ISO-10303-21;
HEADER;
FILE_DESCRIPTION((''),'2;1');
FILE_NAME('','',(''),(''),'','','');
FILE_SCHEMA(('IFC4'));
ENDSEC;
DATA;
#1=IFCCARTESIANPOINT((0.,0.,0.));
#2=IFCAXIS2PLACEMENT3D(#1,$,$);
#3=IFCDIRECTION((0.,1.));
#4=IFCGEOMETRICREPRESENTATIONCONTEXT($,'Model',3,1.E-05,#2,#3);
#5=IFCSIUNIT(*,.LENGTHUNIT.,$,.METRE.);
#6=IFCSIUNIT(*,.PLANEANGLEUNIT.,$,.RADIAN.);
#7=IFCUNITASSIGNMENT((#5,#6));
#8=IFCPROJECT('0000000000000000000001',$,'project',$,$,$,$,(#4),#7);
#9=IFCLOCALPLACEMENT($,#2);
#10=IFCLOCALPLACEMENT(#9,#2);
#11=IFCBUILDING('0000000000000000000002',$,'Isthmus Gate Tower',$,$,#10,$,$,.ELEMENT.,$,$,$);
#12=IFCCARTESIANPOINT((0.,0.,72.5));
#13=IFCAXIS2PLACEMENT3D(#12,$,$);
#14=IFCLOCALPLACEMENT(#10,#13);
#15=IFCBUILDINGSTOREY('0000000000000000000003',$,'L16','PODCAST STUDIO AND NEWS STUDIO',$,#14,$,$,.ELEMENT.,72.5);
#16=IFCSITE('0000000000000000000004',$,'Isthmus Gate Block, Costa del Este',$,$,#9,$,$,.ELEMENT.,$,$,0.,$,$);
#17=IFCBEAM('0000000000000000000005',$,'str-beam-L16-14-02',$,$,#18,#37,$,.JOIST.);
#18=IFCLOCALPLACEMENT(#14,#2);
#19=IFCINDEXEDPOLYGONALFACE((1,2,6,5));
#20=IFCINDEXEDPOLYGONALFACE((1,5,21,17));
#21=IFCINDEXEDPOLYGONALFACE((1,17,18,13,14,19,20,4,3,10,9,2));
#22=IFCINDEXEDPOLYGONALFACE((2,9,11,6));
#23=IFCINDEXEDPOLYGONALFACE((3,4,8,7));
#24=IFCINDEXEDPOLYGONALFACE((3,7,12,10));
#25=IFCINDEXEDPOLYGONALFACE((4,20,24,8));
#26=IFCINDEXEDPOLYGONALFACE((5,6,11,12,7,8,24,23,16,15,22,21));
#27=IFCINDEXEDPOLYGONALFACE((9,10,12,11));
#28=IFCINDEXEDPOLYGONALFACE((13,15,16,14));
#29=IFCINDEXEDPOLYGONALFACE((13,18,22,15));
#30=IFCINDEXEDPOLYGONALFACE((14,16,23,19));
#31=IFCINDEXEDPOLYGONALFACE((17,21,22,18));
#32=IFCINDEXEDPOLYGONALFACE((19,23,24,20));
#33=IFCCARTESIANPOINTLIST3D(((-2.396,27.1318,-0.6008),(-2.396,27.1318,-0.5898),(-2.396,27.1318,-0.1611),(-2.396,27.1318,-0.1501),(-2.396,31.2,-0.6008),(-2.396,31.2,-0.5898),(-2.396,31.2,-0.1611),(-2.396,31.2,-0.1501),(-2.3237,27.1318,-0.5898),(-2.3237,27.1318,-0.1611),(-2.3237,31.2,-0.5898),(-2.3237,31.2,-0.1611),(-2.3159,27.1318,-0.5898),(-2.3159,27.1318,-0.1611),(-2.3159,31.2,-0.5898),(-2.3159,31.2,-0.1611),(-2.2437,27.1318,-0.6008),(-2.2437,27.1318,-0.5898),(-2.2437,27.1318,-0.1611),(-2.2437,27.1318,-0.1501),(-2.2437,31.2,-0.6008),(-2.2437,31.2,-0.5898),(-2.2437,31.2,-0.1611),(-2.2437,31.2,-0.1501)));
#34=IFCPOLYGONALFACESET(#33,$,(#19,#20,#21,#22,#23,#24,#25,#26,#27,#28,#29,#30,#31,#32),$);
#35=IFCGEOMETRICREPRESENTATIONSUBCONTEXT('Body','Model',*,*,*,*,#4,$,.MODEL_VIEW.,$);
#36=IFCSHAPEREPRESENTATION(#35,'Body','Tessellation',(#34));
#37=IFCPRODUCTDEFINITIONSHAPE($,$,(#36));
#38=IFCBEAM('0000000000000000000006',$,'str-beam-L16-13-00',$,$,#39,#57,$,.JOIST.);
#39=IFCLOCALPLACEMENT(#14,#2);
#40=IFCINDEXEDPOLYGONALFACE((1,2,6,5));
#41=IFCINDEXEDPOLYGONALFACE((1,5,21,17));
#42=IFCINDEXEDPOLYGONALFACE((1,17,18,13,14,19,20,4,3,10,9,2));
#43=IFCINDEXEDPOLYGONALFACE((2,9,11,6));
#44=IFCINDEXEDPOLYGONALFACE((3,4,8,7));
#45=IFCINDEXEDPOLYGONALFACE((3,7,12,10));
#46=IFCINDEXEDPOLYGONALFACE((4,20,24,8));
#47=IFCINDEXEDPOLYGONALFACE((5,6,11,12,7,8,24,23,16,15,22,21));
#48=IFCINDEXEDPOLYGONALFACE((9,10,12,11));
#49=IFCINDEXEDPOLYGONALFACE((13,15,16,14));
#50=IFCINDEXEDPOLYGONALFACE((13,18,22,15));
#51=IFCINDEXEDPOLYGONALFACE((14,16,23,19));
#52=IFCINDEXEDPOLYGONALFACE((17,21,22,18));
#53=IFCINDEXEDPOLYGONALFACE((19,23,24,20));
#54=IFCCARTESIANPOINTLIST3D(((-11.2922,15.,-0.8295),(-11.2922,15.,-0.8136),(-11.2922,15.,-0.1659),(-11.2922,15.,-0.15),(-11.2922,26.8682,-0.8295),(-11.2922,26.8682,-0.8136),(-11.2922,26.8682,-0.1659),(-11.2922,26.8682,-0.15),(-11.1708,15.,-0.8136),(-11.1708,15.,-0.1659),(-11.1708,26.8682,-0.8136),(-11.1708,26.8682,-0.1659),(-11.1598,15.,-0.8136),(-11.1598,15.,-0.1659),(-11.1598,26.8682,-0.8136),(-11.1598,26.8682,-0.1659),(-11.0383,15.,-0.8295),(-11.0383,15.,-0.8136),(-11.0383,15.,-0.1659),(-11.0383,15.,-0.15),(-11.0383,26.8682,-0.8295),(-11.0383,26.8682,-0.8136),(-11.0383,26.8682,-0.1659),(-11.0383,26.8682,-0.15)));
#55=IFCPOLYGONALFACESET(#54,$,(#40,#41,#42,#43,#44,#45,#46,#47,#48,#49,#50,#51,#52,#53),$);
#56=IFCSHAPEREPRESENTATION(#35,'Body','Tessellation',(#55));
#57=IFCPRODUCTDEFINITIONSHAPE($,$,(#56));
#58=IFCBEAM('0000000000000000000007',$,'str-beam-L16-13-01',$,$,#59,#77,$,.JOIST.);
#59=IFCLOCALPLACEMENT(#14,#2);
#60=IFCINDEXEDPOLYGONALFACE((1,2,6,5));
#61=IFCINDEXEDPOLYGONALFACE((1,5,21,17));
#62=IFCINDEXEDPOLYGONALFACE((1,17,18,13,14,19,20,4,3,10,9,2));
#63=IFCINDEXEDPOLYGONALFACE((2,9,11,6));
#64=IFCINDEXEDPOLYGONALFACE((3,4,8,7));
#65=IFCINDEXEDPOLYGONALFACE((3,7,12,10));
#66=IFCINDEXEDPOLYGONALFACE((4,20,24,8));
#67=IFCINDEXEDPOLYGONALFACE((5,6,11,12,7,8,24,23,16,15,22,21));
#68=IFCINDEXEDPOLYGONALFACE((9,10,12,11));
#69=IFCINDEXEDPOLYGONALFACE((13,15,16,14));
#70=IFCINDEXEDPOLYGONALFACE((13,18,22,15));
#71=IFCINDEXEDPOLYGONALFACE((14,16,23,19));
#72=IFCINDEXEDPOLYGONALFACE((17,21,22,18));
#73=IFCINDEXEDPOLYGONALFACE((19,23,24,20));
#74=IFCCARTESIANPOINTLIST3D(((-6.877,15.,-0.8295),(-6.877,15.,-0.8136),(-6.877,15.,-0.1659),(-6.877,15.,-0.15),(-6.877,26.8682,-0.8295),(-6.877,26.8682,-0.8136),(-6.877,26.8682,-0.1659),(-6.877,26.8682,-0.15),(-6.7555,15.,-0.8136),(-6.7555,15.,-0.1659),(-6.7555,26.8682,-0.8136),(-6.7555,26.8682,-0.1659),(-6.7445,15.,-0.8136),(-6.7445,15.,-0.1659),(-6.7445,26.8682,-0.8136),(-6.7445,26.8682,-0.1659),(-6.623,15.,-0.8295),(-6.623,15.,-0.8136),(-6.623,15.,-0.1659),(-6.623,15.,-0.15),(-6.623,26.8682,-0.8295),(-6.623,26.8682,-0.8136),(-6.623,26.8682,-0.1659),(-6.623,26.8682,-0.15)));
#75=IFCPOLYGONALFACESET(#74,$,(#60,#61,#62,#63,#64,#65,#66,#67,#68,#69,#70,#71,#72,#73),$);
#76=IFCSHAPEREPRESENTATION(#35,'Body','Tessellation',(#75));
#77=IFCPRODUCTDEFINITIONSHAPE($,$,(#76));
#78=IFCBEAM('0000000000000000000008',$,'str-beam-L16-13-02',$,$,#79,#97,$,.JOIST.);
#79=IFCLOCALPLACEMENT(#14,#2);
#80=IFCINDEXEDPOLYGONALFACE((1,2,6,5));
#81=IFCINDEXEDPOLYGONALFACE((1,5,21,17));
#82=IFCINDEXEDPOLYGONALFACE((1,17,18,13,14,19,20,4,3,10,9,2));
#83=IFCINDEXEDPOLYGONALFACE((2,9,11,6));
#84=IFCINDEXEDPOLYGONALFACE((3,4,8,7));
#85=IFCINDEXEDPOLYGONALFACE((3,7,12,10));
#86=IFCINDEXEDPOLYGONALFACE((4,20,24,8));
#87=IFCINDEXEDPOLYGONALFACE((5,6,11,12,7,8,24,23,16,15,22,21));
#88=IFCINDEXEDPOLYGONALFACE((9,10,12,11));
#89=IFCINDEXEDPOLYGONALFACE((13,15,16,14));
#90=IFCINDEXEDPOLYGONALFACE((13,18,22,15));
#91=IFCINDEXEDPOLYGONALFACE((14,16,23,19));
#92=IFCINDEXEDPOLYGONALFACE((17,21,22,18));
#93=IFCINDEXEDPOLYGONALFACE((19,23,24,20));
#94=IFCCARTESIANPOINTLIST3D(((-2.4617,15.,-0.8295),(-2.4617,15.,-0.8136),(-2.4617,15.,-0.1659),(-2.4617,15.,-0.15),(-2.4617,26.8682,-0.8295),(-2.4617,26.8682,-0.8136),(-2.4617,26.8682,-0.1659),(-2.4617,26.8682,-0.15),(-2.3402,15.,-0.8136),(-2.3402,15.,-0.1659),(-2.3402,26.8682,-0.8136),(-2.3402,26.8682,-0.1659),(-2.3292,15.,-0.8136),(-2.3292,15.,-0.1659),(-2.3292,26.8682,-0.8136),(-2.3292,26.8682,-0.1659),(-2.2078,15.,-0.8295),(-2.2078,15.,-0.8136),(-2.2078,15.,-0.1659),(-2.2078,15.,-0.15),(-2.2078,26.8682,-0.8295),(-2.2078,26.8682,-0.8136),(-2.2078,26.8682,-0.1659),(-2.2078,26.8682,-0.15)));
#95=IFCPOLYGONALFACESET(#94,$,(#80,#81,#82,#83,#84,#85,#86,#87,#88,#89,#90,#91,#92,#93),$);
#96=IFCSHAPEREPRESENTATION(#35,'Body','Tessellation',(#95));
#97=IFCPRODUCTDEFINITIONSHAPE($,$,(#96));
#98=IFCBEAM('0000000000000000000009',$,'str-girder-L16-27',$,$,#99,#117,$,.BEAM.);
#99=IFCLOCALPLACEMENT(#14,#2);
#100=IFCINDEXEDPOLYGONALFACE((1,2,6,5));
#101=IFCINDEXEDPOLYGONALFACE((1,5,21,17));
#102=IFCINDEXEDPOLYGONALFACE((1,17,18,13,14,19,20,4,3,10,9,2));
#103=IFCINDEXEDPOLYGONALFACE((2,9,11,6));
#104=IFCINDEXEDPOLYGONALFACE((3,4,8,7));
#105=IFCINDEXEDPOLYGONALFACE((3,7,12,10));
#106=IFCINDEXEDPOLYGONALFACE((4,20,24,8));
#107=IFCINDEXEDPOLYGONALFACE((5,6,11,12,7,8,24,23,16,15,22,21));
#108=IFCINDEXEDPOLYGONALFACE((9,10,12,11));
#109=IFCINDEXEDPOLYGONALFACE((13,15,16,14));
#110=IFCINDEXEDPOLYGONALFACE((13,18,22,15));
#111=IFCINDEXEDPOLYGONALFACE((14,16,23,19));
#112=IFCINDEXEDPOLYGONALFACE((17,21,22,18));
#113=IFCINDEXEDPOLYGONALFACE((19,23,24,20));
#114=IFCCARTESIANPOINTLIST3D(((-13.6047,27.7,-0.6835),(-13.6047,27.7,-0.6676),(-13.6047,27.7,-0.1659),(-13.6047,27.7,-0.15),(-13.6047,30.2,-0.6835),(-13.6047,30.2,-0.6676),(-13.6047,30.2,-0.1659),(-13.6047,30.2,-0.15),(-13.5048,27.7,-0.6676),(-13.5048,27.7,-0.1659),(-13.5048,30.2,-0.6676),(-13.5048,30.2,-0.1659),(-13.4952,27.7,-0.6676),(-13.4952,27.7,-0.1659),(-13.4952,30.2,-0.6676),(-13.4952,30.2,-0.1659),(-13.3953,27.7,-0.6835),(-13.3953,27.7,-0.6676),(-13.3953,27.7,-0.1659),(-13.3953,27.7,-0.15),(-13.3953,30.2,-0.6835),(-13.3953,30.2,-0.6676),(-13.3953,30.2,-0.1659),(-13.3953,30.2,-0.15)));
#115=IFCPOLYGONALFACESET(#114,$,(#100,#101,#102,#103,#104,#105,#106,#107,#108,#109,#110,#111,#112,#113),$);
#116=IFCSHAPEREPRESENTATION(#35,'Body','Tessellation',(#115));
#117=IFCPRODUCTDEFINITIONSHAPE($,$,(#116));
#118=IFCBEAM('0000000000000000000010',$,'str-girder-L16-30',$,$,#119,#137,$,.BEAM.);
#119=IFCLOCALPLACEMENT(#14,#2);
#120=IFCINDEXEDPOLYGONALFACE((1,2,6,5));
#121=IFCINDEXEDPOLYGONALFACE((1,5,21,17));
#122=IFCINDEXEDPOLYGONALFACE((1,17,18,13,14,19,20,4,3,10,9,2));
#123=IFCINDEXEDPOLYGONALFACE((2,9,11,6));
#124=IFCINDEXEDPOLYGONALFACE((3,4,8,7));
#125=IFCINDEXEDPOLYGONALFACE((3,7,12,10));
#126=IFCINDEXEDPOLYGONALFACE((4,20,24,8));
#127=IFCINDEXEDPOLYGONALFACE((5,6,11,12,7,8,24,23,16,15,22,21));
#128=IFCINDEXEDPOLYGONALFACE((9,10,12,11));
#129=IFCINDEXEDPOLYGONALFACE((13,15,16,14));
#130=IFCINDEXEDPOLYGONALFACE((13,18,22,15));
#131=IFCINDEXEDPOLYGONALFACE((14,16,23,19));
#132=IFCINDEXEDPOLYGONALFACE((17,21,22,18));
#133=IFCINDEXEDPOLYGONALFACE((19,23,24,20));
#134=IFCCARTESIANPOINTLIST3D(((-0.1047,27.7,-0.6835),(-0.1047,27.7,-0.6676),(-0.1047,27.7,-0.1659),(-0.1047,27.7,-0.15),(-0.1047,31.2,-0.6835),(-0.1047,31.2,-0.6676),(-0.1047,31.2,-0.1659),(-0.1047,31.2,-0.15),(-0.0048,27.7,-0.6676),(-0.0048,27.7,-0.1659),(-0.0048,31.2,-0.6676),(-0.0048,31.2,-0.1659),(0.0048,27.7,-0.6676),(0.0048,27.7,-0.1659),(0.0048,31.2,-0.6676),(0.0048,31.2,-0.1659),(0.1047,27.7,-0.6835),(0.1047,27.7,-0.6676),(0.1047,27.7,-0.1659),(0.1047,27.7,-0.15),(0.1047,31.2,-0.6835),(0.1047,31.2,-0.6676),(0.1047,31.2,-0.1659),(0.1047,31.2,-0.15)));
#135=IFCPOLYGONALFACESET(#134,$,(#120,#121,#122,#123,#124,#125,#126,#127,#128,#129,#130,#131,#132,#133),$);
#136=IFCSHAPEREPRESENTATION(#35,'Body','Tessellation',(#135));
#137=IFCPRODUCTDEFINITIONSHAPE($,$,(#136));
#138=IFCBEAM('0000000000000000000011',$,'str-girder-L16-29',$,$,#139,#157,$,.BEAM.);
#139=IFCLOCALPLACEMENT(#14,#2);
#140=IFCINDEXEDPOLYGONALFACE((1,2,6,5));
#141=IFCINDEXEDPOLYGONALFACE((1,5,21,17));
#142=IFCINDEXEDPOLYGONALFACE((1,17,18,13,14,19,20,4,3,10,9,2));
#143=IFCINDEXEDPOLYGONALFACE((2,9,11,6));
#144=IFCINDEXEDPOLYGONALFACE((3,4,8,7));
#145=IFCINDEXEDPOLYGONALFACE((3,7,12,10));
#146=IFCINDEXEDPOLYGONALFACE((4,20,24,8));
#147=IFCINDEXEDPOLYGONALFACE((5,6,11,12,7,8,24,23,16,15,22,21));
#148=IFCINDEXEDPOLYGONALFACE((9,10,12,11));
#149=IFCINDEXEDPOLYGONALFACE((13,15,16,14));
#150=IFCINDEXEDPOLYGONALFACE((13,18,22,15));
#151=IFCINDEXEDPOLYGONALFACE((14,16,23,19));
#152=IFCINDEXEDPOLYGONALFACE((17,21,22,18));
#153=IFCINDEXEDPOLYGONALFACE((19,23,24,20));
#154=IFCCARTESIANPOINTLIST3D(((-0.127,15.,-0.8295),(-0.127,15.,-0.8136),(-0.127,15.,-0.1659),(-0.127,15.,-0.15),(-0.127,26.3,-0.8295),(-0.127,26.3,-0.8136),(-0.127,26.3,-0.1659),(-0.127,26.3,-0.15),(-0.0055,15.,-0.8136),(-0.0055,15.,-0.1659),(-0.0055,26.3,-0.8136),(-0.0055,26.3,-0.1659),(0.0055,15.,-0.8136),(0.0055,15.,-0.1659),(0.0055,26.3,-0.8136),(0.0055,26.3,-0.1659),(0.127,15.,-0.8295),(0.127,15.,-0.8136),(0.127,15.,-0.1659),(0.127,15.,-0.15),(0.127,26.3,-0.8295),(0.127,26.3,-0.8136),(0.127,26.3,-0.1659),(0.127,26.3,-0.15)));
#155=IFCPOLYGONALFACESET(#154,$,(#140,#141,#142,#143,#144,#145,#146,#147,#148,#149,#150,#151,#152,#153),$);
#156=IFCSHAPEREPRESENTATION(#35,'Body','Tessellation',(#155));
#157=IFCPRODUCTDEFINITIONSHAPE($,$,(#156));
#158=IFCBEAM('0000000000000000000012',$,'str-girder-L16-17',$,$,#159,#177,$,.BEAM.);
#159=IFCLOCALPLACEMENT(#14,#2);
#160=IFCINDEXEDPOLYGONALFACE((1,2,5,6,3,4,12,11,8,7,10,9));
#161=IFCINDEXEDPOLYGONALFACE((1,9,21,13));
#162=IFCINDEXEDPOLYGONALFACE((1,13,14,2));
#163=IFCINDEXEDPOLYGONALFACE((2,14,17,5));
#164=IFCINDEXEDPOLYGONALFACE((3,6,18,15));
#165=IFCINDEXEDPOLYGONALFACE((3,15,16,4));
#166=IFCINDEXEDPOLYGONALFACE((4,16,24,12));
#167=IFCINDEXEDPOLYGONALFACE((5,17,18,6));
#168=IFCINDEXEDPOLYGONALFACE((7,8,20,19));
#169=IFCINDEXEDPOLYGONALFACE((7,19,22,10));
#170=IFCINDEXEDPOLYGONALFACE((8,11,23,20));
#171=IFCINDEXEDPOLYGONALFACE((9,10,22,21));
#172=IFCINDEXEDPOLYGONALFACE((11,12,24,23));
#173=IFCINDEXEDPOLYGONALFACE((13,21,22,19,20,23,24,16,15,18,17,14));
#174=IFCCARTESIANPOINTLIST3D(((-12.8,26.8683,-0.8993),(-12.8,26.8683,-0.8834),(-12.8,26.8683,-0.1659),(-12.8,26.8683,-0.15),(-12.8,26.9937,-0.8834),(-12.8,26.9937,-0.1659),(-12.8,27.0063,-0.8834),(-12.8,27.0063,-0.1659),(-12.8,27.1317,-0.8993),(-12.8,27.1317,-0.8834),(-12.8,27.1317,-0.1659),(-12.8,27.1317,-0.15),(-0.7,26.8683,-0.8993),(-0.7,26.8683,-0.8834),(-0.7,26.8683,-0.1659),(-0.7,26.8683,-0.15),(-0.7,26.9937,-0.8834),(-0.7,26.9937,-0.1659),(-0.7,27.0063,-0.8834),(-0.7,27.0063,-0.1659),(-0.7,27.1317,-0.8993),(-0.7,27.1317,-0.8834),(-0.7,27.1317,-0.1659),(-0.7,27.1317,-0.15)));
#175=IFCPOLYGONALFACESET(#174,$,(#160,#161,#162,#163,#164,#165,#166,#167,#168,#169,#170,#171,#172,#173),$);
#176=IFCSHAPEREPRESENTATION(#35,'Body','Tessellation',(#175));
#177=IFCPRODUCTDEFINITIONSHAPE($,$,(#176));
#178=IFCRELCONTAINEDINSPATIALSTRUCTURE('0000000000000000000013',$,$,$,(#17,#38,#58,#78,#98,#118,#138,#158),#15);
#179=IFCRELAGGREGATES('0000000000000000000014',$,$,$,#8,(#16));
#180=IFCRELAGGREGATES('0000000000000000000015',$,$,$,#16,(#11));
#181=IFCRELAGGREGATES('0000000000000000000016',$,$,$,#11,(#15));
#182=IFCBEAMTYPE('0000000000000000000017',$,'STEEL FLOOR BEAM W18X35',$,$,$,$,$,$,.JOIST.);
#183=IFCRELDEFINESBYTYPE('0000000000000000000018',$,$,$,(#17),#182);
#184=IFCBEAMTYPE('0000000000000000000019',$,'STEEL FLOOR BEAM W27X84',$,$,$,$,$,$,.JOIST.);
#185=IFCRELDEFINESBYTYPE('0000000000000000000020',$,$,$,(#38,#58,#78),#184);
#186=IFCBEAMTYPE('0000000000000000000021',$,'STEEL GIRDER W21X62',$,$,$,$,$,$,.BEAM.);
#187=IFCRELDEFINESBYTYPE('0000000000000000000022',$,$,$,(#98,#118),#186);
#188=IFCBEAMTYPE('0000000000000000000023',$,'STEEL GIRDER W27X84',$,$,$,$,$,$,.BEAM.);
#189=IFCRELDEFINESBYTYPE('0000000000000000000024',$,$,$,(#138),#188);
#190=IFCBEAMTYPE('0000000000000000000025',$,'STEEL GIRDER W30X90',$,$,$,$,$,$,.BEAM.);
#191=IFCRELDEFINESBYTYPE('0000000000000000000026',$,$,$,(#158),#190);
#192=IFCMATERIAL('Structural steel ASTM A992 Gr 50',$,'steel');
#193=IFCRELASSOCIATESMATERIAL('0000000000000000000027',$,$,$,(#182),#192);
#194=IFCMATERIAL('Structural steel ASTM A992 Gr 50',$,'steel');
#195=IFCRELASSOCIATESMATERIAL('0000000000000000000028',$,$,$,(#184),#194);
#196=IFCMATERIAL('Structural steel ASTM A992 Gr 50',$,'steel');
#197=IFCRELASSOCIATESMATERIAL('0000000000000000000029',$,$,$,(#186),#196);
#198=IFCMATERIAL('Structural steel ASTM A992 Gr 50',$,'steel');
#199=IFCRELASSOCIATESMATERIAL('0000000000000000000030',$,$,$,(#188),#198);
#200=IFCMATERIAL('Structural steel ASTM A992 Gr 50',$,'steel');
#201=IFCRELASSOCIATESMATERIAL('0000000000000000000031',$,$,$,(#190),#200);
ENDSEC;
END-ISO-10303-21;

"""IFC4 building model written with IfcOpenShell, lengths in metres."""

from ifc_helpers import new_model, si_unit, direction, frame, origin, origin_2d, place, context, subcontext, project, spatial, i_section, extrude, material, material_profile, profile_set, type_object, element, save


model = new_model("IFC4")

# Units and contexts
model_context = context("Model", 3, precision=1e-05, world=origin(), true_north=direction((0.0, 1.0)))
body_context = subcontext(model_context, "Body", "Model", "MODEL_VIEW")
ifc_project = project(units=[si_unit("LENGTHUNIT", "METRE"), si_unit("PLANEANGLEUNIT", "RADIAN")], contexts=[model_context])

# Site, building, storey
site_placement = place(None, origin())
site = spatial("IfcSite", under=ifc_project, at=site_placement, Name="Isthmus Gate Block, Costa del Este", CompositionType="ELEMENT", RefElevation=0.0)
building_placement = place(site_placement, origin())
building = spatial("IfcBuilding", under=site, at=building_placement, Name="Isthmus Gate Tower", CompositionType="ELEMENT")
storey_placement = place(building_placement, frame((0.0, 0.0, 72.5)))
storey = spatial("IfcBuildingStorey", under=building, at=storey_placement, Name="L16", Description="PODCAST STUDIO AND NEWS STUDIO", CompositionType="ELEMENT", Elevation=72.5)

# Beams
ifc_material_1 = material(Name="Structural steel ASTM A992 Gr 50", Category="steel")
ifc_material_profile_1 = material_profile(ifc_material_1, i_section(OverallWidth=0.1523, OverallDepth=0.4507, WebThickness=0.0078, FlangeThickness=0.011, at=origin_2d()), Name="W18X35")
ifc_profile_set_1 = profile_set([ifc_material_profile_1], Name="Structural steel ASTM A992 Gr 50")
beam_type_1 = type_object("IfcBeamType", Name="STEEL FLOOR BEAM W18X35", PredefinedType="JOIST", material=ifc_profile_set_1)
for number, where, z_axis, x_axis, name in (
    (1, (-2.3198, 27.1318, -0.3755), (0.0, 1.0, 0.0), (-1.0, 0.0, 0.0), "str-beam-L16-14-02"),
):
    element("IfcBeam", number, at=place(storey_placement, frame(where, z_axis=z_axis, x_axis=x_axis)), inside=storey, type_object=beam_type_1, Name=name, PredefinedType="JOIST", context=body_context, shape_type="SweptSolid", body=[
        extrude(i_section(OverallWidth=0.1523, OverallDepth=0.4507, WebThickness=0.0078, FlangeThickness=0.011, at=origin_2d()), origin(), (0.0, 0.0, 1.0), 4.0681),
    ])
ifc_material_2 = material(Name="Structural steel ASTM A992 Gr 50", Category="steel")
ifc_material_profile_2 = material_profile(ifc_material_2, i_section(OverallWidth=0.2539, OverallDepth=0.6794, WebThickness=0.011, FlangeThickness=0.0159, at=origin_2d()), Name="W27X84")
ifc_profile_set_2 = profile_set([ifc_material_profile_2], Name="Structural steel ASTM A992 Gr 50")
beam_type_2 = type_object("IfcBeamType", Name="STEEL FLOOR BEAM W27X84", PredefinedType="JOIST", material=ifc_profile_set_2)
for number, where, z_axis, x_axis, name in (
    (2, (-11.1653, 15.0, -0.4897), (0.0, 1.0, 0.0), (-1.0, 0.0, 0.0), "str-beam-L16-13-00"),
    (3, (-6.75, 15.0, -0.4897), (0.0, 1.0, 0.0), (-1.0, 0.0, 0.0), "str-beam-L16-13-01"),
    (4, (-2.3347, 15.0, -0.4897), (0.0, 1.0, 0.0), (-1.0, 0.0, 0.0), "str-beam-L16-13-02"),
):
    element("IfcBeam", number, at=place(storey_placement, frame(where, z_axis=z_axis, x_axis=x_axis)), inside=storey, type_object=beam_type_2, Name=name, PredefinedType="JOIST", context=body_context, shape_type="SweptSolid", body=[
        extrude(i_section(OverallWidth=0.2539, OverallDepth=0.6794, WebThickness=0.011, FlangeThickness=0.0159, at=origin_2d()), origin(), (0.0, 0.0, 1.0), 11.8682),
    ])
ifc_material_3 = material(Name="Structural steel ASTM A992 Gr 50", Category="steel")
ifc_material_profile_3 = material_profile(ifc_material_3, i_section(OverallWidth=0.2095, OverallDepth=0.5334, WebThickness=0.0095, FlangeThickness=0.0159, at=origin_2d()), Name="W21X62")
ifc_profile_set_3 = profile_set([ifc_material_profile_3], Name="Structural steel ASTM A992 Gr 50")
beam_type_3 = type_object("IfcBeamType", Name="STEEL GIRDER W21X62", PredefinedType="BEAM", material=ifc_profile_set_3)
beam_1_placement = place(storey_placement, frame((-13.5, 27.7, -0.4167), z_axis=(0.0, 1.0, 0.0), x_axis=(-1.0, 0.0, 0.0)))
element("IfcBeam", 5, at=beam_1_placement, inside=storey, type_object=beam_type_3, Name="str-girder-L16-27", PredefinedType="BEAM", context=body_context, shape_type="SweptSolid", body=[
    extrude(i_section(OverallWidth=0.2095, OverallDepth=0.5334, WebThickness=0.0095, FlangeThickness=0.0159, at=origin_2d()), origin(), (0.0, 0.0, 1.0), 2.5),
])
beam_2_placement = place(storey_placement, frame((0.0, 27.7, -0.4167), z_axis=(0.0, 1.0, 0.0), x_axis=(-1.0, 0.0, 0.0)))
element("IfcBeam", 6, at=beam_2_placement, inside=storey, type_object=beam_type_3, Name="str-girder-L16-30", PredefinedType="BEAM", context=body_context, shape_type="SweptSolid", body=[
    extrude(i_section(OverallWidth=0.2095, OverallDepth=0.5334, WebThickness=0.0095, FlangeThickness=0.0159, at=origin_2d()), origin(), (0.0, 0.0, 1.0), 3.5),
])
ifc_material_4 = material(Name="Structural steel ASTM A992 Gr 50", Category="steel")
ifc_material_profile_4 = material_profile(ifc_material_4, i_section(OverallWidth=0.2539, OverallDepth=0.6794, WebThickness=0.011, FlangeThickness=0.0159, at=origin_2d()), Name="W27X84")
ifc_profile_set_4 = profile_set([ifc_material_profile_4], Name="Structural steel ASTM A992 Gr 50")
beam_type_4 = type_object("IfcBeamType", Name="STEEL GIRDER W27X84", PredefinedType="BEAM", material=ifc_profile_set_4)
beam_3_placement = place(storey_placement, frame((0.0, 15.0, -0.4897), z_axis=(0.0, 1.0, 0.0), x_axis=(-1.0, 0.0, 0.0)))
element("IfcBeam", 7, at=beam_3_placement, inside=storey, type_object=beam_type_4, Name="str-girder-L16-29", PredefinedType="BEAM", context=body_context, shape_type="SweptSolid", body=[
    extrude(i_section(OverallWidth=0.2539, OverallDepth=0.6794, WebThickness=0.011, FlangeThickness=0.0159, at=origin_2d()), origin(), (0.0, 0.0, 1.0), 11.3),
])
ifc_material_5 = material(Name="Structural steel ASTM A992 Gr 50", Category="steel")
ifc_material_profile_5 = material_profile(ifc_material_5, i_section(OverallWidth=0.2634, OverallDepth=0.7493, WebThickness=0.0127, FlangeThickness=0.0159, at=origin_2d()), Name="W30X90")
ifc_profile_set_5 = profile_set([ifc_material_profile_5], Name="Structural steel ASTM A992 Gr 50")
beam_type_5 = type_object("IfcBeamType", Name="STEEL GIRDER W30X90", PredefinedType="BEAM", material=ifc_profile_set_5)
beam_4_placement = place(storey_placement, frame((-12.8, 27.0, -0.5247), z_axis=(1.0, 0.0, 0.0), x_axis=(0.0, 1.0, 0.0)))
element("IfcBeam", 8, at=beam_4_placement, inside=storey, type_object=beam_type_5, Name="str-girder-L16-17", PredefinedType="BEAM", context=body_context, shape_type="SweptSolid", body=[
    extrude(i_section(OverallWidth=0.2634, OverallDepth=0.7493, WebThickness=0.0127, FlangeThickness=0.0159, at=origin_2d()), origin(), (0.0, 0.0, 1.0), 12.1001),
])

save(model, "model.ifc")
